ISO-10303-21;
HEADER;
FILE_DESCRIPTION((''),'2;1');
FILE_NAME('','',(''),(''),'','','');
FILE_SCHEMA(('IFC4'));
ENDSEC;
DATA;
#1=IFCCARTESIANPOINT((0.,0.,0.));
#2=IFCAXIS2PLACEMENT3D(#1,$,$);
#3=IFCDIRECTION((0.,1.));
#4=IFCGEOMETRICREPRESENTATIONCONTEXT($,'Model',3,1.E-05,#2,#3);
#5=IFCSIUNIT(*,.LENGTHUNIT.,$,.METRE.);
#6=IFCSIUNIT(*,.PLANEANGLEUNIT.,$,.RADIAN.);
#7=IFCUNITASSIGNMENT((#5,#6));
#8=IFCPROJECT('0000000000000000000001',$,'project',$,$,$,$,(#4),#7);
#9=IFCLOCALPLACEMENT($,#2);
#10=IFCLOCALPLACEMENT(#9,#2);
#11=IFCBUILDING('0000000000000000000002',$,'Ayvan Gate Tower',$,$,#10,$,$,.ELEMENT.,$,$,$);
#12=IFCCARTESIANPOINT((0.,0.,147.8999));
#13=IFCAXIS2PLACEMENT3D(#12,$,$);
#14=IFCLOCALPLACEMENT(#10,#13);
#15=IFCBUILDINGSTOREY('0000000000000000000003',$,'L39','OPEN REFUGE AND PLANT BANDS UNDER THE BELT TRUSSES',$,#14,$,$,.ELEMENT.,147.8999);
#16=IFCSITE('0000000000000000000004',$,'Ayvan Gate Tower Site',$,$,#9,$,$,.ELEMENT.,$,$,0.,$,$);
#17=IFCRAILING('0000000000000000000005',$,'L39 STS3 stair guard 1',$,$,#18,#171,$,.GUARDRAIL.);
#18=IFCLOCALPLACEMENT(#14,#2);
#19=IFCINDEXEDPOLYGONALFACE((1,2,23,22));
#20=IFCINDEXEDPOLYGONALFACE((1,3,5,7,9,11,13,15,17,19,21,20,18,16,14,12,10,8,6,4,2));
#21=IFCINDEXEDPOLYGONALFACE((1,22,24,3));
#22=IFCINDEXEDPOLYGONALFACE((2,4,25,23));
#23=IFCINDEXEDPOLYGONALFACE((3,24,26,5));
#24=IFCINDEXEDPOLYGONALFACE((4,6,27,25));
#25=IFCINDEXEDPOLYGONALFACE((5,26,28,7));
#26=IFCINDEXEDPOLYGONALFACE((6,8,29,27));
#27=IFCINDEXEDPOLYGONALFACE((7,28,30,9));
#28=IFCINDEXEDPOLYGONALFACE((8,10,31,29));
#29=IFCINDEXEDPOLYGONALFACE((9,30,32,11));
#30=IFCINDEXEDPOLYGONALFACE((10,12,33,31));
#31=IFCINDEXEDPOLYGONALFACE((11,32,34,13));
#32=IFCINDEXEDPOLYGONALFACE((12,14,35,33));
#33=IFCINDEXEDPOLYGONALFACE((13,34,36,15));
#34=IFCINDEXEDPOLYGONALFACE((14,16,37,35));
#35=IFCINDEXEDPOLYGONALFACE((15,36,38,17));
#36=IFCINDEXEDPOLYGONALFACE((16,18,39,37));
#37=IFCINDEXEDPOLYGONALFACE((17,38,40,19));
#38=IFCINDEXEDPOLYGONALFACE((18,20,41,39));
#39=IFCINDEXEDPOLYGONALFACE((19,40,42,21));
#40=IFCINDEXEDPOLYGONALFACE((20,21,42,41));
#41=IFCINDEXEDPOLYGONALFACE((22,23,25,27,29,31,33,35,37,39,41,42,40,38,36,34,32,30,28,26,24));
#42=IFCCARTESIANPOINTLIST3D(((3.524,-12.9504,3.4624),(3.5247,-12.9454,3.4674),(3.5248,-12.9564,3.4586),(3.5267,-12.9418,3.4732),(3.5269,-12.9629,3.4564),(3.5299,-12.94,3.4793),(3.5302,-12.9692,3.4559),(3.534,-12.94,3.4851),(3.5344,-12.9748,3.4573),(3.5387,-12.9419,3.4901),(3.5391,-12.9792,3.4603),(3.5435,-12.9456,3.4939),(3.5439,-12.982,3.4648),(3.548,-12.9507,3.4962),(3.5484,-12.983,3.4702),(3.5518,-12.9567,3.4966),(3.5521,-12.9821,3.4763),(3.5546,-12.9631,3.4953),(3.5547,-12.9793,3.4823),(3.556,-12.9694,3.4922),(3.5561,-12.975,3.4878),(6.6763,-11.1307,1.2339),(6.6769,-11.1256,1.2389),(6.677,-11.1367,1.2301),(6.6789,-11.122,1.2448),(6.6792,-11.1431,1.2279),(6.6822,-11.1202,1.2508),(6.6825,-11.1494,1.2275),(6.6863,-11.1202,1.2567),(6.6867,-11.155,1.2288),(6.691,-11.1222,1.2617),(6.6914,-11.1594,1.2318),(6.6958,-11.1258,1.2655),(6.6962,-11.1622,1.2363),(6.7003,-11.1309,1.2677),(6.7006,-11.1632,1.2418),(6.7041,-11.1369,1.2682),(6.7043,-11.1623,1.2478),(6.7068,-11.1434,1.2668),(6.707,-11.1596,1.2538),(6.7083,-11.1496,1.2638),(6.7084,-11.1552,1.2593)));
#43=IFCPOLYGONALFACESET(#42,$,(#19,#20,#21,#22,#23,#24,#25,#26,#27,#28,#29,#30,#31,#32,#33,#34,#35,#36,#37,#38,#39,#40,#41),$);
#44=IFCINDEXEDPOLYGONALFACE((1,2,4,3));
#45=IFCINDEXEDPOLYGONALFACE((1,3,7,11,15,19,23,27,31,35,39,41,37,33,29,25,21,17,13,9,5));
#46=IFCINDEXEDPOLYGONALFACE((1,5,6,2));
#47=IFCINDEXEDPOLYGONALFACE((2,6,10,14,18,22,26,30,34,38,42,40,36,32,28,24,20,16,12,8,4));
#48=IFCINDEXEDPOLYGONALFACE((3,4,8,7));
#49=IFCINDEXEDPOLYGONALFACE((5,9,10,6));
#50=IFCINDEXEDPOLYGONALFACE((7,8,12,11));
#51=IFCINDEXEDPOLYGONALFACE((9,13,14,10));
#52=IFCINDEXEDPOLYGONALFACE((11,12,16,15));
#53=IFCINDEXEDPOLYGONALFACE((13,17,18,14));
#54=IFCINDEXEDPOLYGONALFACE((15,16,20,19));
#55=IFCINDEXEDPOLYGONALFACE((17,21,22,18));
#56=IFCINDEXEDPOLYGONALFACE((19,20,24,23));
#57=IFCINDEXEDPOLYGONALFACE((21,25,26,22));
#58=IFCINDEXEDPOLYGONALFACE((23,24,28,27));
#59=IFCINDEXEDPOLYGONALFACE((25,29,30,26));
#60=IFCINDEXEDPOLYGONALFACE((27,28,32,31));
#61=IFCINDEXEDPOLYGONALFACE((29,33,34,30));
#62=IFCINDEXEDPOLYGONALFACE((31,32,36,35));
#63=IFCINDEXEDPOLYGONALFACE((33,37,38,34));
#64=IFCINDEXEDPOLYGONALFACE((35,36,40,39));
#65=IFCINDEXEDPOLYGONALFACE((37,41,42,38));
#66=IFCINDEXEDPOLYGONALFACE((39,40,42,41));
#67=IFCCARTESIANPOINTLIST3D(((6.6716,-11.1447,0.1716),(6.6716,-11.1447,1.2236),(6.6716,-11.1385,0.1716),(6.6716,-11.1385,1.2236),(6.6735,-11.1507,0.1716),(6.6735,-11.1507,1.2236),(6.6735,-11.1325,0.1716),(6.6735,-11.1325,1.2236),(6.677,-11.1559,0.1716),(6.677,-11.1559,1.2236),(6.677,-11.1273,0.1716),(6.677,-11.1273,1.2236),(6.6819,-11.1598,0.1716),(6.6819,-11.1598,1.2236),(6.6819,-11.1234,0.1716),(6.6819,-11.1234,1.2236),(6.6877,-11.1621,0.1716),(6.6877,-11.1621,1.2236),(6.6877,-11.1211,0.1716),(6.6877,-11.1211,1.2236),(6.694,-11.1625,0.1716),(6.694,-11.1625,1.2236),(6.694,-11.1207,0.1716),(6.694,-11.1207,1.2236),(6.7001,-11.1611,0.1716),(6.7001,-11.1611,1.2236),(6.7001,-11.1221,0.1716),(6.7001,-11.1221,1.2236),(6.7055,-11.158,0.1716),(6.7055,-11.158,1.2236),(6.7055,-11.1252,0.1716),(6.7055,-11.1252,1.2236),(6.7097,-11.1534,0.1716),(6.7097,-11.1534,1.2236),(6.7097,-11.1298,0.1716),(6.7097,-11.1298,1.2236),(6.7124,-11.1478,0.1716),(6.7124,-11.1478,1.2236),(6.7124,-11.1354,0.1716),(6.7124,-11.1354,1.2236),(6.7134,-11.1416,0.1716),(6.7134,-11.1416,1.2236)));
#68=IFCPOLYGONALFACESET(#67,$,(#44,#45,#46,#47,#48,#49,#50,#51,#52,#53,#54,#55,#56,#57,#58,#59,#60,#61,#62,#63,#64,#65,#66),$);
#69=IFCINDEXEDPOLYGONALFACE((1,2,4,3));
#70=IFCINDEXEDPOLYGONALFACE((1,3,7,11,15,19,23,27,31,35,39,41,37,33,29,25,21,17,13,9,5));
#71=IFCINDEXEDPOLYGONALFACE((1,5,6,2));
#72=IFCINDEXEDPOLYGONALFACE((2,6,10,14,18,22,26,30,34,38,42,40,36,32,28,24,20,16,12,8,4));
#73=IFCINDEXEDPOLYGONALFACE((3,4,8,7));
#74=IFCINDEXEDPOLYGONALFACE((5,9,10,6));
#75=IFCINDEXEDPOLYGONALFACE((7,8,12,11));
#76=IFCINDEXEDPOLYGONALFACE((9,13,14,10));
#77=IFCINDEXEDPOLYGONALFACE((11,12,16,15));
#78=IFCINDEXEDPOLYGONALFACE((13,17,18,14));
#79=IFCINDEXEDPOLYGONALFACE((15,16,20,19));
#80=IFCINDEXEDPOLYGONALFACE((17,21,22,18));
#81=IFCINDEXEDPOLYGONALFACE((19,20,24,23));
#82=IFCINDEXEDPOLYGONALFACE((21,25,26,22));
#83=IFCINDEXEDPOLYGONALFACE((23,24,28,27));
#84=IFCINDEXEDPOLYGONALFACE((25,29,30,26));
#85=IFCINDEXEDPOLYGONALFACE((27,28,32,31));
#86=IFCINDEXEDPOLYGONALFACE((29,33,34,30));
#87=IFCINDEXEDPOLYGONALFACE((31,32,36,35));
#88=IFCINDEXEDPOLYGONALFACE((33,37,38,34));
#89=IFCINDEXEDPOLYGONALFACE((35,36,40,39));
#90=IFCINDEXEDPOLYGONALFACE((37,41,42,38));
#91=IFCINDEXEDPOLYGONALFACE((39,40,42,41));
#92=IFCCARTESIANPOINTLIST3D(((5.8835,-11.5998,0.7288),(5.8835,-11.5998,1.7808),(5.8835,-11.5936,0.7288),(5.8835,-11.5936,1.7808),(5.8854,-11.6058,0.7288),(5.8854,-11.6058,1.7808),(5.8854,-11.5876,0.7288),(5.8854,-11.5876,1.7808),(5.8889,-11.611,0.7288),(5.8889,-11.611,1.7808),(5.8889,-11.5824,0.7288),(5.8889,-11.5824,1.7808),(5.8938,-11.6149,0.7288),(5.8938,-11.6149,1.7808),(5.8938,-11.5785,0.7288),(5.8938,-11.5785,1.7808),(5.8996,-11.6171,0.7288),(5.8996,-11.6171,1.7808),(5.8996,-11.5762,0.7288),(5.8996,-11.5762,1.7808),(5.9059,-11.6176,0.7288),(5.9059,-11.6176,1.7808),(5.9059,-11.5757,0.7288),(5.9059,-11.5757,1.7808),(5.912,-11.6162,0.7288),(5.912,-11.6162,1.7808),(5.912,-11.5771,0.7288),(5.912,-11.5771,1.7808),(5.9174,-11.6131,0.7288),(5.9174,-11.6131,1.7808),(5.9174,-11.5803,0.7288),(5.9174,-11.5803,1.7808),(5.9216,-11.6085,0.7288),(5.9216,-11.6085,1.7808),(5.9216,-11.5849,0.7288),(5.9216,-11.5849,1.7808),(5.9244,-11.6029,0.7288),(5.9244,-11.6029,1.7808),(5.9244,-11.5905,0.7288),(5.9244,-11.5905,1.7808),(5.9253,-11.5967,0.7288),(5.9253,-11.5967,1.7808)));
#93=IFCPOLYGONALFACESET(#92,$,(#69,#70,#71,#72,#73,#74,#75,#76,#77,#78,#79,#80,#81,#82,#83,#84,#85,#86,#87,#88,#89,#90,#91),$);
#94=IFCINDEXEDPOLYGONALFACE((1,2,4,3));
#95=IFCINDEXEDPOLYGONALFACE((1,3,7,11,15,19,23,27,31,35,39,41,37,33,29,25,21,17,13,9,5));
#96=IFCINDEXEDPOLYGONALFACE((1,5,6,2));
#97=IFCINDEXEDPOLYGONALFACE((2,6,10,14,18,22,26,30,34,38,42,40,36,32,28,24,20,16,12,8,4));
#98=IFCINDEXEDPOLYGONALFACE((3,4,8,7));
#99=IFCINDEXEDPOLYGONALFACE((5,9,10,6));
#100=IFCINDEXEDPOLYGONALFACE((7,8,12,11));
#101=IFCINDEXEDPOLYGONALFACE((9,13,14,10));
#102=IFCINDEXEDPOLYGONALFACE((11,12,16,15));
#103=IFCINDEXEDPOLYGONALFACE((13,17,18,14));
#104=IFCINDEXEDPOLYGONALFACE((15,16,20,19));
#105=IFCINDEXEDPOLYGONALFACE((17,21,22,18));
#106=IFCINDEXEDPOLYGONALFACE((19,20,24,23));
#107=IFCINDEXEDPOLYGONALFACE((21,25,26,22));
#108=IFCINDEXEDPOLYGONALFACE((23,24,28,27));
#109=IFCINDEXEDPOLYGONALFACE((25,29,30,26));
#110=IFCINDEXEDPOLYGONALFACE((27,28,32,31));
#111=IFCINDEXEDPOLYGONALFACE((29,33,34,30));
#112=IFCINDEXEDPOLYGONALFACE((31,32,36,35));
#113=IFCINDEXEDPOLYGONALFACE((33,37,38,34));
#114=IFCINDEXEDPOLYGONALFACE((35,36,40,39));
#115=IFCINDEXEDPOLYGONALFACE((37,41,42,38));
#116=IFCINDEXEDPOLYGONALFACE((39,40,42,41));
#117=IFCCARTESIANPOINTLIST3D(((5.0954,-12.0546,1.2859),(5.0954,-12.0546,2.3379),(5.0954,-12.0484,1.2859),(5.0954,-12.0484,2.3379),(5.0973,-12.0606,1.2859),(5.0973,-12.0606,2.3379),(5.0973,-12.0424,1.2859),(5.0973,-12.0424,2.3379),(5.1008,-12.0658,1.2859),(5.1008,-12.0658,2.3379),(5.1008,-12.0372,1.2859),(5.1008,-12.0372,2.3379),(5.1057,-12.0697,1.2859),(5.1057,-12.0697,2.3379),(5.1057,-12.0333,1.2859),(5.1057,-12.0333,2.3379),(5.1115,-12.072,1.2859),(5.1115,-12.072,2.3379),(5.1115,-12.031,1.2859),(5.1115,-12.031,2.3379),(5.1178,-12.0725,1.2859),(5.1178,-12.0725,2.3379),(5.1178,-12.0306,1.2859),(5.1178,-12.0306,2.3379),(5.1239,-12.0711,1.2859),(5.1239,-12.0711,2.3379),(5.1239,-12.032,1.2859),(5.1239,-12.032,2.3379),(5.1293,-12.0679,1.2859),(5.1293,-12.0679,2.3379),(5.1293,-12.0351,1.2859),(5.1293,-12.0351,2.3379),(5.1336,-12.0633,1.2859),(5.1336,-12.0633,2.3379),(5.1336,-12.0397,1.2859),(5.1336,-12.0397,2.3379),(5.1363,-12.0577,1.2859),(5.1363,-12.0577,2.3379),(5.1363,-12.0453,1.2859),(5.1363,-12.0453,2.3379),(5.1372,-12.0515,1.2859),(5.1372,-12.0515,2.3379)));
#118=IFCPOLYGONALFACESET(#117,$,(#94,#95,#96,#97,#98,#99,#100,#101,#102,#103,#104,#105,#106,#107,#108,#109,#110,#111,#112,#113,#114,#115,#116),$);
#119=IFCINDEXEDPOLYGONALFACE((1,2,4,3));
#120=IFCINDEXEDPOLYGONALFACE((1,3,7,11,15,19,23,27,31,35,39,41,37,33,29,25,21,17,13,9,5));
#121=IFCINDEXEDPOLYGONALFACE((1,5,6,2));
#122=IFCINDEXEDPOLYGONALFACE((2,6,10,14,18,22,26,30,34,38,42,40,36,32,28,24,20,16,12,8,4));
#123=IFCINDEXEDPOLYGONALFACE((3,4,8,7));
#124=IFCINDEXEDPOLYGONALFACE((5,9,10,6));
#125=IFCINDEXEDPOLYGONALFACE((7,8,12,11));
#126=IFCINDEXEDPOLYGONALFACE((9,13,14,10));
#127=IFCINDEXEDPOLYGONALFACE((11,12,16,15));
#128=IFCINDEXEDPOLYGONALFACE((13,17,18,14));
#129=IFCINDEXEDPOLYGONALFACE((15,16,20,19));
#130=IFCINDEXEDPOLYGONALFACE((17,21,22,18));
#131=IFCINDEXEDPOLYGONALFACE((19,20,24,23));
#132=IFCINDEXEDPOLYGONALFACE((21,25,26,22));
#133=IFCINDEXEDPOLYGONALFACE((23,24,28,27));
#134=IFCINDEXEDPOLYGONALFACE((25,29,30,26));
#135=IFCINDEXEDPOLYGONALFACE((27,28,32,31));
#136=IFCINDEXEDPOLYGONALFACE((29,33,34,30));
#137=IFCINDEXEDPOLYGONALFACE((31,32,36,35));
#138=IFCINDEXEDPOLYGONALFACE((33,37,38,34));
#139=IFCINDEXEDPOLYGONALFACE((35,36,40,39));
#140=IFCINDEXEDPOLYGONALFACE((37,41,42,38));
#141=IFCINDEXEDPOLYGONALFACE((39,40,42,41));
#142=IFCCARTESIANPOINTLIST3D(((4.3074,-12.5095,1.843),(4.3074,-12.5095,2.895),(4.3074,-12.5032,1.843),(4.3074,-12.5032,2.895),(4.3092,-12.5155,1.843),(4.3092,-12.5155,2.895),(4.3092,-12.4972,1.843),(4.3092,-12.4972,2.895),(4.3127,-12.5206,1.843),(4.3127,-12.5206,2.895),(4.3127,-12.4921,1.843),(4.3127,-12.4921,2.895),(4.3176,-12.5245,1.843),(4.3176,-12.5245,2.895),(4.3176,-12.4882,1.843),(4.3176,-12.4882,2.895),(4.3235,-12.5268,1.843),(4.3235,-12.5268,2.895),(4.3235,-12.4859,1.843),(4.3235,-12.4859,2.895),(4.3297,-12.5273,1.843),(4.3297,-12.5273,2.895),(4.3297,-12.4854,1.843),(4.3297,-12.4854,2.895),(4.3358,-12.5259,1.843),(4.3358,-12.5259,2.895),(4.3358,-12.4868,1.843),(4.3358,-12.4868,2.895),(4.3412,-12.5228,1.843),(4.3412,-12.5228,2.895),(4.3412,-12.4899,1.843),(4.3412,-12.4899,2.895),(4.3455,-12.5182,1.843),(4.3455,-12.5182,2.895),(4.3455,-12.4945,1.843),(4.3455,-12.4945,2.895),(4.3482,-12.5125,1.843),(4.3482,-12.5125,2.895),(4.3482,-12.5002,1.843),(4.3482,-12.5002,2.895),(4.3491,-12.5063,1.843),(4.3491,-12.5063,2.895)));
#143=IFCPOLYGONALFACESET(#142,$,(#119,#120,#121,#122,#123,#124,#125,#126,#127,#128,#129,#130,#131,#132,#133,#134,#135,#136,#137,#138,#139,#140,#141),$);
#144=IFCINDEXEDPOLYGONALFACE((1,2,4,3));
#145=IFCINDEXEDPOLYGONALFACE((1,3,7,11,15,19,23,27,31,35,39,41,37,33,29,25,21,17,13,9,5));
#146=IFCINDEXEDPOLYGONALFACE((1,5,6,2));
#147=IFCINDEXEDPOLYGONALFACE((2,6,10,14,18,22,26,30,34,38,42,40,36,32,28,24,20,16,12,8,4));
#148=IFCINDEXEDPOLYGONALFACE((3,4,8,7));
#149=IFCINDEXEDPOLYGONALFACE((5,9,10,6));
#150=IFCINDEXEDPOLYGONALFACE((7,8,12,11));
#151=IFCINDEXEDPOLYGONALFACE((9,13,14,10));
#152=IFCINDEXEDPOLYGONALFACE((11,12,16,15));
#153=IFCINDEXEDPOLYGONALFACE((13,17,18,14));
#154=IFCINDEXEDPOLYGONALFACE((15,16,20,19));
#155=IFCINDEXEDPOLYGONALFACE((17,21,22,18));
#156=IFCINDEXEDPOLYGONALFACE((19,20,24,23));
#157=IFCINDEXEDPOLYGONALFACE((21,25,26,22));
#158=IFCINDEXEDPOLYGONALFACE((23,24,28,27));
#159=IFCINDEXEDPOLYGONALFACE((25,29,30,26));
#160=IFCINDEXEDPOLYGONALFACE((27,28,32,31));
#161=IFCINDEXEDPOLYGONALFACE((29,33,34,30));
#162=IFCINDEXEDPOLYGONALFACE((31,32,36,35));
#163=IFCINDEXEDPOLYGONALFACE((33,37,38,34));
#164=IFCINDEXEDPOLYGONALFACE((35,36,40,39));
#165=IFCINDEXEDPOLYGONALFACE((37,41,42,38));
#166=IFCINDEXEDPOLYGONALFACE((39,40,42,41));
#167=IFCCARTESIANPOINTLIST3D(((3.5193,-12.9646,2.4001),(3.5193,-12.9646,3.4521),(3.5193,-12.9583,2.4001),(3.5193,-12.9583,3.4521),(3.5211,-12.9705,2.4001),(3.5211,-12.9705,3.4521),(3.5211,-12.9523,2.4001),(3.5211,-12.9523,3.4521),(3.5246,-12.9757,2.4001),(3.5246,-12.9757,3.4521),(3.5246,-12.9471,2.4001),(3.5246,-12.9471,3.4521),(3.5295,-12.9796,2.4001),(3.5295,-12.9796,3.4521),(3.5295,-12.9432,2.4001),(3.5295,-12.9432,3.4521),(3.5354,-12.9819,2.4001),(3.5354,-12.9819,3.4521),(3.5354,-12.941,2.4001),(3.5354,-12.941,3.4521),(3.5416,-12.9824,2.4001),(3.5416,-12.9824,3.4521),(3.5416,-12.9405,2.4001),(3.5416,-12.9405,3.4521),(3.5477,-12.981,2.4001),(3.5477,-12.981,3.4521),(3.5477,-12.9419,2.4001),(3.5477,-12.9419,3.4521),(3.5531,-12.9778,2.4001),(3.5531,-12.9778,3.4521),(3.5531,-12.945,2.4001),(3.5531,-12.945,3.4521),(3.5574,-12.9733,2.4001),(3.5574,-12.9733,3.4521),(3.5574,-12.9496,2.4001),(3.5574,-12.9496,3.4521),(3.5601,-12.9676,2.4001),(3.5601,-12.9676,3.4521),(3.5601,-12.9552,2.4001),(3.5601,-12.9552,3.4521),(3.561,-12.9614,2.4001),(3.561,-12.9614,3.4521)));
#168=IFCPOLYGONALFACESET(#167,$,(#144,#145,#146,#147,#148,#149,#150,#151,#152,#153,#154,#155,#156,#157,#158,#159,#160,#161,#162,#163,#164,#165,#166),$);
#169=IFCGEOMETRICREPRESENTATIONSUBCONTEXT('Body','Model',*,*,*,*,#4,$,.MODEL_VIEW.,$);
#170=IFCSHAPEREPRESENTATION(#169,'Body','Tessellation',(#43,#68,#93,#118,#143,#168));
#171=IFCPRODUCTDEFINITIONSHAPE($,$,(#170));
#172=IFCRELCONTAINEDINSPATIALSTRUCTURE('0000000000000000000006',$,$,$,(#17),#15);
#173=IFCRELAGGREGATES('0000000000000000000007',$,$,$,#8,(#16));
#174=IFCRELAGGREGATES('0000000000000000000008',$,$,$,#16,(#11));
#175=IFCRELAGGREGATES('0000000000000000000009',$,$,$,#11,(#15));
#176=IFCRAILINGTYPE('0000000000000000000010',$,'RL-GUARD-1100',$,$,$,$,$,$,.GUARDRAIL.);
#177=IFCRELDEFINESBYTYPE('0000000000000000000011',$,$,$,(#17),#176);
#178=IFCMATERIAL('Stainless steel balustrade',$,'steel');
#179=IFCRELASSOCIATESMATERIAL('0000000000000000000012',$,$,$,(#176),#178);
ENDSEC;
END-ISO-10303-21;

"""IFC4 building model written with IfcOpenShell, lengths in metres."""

from ifc_helpers import new_model, si_unit, direction, frame, origin, origin_2d, place, context, subcontext, project, spatial, circle, extrude, material, type_object, element, save


model = new_model("IFC4")

# Units and contexts
model_context = context("Model", 3, precision=1e-05, world=origin(), true_north=direction((0.0, 1.0)))
body_context = subcontext(model_context, "Body", "Model", "MODEL_VIEW")
ifc_project = project(units=[si_unit("LENGTHUNIT", "METRE"), si_unit("PLANEANGLEUNIT", "RADIAN")], contexts=[model_context])

# Site, building, storey
site_placement = place(None, origin())
site = spatial("IfcSite", under=ifc_project, at=site_placement, Name="Ayvan Gate Tower Site", CompositionType="ELEMENT", RefElevation=0.0)
building_placement = place(site_placement, origin())
building = spatial("IfcBuilding", under=site, at=building_placement, Name="Ayvan Gate Tower", CompositionType="ELEMENT")
storey_placement = place(building_placement, frame((0.0, 0.0, 147.8999)))
storey = spatial("IfcBuildingStorey", under=building, at=storey_placement, Name="L39", Description="OPEN REFUGE AND PLANT BANDS UNDER THE BELT TRUSSES", CompositionType="ELEMENT", Elevation=147.8999)

# Railing
ifc_material_1 = material(Name="Stainless steel balustrade", Category="steel")
railing_type_1 = type_object("IfcRailingType", Name="RL-GUARD-1100", PredefinedType="GUARDRAIL", material=ifc_material_1)
railing_1_placement = place(storey_placement, frame((6.6924, -11.1416, 0.1716)))
element("IfcRailing", 1, at=railing_1_placement, inside=storey, type_object=railing_type_1, Name="L39 STS3 stair guard 1", PredefinedType="GUARDRAIL", context=body_context, shape_type="SweptSolid", body=[
    extrude(circle(Radius=0.0239, at=origin_2d()), frame((0.0, 0.0, 1.0762), z_axis=(-0.73861, -0.426394, 0.522153), x_axis=(0.499962, -0.866047, 0.0)), (0.0, 0.0, 1.0), 4.2678),
    extrude(circle(Radius=0.021, at=origin_2d()), origin(), (0.0, 0.0, 1.0), 1.052),
    extrude(circle(Radius=0.021, at=origin_2d()), frame((-0.7881, -0.4551, 0.5571)), (0.0, 0.0, 1.0), 1.052),
    extrude(circle(Radius=0.021, at=origin_2d()), frame((-1.5762, -0.9099, 1.1143)), (0.0, 0.0, 1.0), 1.052),
    extrude(circle(Radius=0.021, at=origin_2d()), frame((-2.3643, -1.3647, 1.6714)), (0.0, 0.0, 1.0), 1.052),
    extrude(circle(Radius=0.021, at=origin_2d()), frame((-3.1523, -1.8198, 2.2285)), (0.0, 0.0, 1.0), 1.052),
])

save(model, "model.ifc")
